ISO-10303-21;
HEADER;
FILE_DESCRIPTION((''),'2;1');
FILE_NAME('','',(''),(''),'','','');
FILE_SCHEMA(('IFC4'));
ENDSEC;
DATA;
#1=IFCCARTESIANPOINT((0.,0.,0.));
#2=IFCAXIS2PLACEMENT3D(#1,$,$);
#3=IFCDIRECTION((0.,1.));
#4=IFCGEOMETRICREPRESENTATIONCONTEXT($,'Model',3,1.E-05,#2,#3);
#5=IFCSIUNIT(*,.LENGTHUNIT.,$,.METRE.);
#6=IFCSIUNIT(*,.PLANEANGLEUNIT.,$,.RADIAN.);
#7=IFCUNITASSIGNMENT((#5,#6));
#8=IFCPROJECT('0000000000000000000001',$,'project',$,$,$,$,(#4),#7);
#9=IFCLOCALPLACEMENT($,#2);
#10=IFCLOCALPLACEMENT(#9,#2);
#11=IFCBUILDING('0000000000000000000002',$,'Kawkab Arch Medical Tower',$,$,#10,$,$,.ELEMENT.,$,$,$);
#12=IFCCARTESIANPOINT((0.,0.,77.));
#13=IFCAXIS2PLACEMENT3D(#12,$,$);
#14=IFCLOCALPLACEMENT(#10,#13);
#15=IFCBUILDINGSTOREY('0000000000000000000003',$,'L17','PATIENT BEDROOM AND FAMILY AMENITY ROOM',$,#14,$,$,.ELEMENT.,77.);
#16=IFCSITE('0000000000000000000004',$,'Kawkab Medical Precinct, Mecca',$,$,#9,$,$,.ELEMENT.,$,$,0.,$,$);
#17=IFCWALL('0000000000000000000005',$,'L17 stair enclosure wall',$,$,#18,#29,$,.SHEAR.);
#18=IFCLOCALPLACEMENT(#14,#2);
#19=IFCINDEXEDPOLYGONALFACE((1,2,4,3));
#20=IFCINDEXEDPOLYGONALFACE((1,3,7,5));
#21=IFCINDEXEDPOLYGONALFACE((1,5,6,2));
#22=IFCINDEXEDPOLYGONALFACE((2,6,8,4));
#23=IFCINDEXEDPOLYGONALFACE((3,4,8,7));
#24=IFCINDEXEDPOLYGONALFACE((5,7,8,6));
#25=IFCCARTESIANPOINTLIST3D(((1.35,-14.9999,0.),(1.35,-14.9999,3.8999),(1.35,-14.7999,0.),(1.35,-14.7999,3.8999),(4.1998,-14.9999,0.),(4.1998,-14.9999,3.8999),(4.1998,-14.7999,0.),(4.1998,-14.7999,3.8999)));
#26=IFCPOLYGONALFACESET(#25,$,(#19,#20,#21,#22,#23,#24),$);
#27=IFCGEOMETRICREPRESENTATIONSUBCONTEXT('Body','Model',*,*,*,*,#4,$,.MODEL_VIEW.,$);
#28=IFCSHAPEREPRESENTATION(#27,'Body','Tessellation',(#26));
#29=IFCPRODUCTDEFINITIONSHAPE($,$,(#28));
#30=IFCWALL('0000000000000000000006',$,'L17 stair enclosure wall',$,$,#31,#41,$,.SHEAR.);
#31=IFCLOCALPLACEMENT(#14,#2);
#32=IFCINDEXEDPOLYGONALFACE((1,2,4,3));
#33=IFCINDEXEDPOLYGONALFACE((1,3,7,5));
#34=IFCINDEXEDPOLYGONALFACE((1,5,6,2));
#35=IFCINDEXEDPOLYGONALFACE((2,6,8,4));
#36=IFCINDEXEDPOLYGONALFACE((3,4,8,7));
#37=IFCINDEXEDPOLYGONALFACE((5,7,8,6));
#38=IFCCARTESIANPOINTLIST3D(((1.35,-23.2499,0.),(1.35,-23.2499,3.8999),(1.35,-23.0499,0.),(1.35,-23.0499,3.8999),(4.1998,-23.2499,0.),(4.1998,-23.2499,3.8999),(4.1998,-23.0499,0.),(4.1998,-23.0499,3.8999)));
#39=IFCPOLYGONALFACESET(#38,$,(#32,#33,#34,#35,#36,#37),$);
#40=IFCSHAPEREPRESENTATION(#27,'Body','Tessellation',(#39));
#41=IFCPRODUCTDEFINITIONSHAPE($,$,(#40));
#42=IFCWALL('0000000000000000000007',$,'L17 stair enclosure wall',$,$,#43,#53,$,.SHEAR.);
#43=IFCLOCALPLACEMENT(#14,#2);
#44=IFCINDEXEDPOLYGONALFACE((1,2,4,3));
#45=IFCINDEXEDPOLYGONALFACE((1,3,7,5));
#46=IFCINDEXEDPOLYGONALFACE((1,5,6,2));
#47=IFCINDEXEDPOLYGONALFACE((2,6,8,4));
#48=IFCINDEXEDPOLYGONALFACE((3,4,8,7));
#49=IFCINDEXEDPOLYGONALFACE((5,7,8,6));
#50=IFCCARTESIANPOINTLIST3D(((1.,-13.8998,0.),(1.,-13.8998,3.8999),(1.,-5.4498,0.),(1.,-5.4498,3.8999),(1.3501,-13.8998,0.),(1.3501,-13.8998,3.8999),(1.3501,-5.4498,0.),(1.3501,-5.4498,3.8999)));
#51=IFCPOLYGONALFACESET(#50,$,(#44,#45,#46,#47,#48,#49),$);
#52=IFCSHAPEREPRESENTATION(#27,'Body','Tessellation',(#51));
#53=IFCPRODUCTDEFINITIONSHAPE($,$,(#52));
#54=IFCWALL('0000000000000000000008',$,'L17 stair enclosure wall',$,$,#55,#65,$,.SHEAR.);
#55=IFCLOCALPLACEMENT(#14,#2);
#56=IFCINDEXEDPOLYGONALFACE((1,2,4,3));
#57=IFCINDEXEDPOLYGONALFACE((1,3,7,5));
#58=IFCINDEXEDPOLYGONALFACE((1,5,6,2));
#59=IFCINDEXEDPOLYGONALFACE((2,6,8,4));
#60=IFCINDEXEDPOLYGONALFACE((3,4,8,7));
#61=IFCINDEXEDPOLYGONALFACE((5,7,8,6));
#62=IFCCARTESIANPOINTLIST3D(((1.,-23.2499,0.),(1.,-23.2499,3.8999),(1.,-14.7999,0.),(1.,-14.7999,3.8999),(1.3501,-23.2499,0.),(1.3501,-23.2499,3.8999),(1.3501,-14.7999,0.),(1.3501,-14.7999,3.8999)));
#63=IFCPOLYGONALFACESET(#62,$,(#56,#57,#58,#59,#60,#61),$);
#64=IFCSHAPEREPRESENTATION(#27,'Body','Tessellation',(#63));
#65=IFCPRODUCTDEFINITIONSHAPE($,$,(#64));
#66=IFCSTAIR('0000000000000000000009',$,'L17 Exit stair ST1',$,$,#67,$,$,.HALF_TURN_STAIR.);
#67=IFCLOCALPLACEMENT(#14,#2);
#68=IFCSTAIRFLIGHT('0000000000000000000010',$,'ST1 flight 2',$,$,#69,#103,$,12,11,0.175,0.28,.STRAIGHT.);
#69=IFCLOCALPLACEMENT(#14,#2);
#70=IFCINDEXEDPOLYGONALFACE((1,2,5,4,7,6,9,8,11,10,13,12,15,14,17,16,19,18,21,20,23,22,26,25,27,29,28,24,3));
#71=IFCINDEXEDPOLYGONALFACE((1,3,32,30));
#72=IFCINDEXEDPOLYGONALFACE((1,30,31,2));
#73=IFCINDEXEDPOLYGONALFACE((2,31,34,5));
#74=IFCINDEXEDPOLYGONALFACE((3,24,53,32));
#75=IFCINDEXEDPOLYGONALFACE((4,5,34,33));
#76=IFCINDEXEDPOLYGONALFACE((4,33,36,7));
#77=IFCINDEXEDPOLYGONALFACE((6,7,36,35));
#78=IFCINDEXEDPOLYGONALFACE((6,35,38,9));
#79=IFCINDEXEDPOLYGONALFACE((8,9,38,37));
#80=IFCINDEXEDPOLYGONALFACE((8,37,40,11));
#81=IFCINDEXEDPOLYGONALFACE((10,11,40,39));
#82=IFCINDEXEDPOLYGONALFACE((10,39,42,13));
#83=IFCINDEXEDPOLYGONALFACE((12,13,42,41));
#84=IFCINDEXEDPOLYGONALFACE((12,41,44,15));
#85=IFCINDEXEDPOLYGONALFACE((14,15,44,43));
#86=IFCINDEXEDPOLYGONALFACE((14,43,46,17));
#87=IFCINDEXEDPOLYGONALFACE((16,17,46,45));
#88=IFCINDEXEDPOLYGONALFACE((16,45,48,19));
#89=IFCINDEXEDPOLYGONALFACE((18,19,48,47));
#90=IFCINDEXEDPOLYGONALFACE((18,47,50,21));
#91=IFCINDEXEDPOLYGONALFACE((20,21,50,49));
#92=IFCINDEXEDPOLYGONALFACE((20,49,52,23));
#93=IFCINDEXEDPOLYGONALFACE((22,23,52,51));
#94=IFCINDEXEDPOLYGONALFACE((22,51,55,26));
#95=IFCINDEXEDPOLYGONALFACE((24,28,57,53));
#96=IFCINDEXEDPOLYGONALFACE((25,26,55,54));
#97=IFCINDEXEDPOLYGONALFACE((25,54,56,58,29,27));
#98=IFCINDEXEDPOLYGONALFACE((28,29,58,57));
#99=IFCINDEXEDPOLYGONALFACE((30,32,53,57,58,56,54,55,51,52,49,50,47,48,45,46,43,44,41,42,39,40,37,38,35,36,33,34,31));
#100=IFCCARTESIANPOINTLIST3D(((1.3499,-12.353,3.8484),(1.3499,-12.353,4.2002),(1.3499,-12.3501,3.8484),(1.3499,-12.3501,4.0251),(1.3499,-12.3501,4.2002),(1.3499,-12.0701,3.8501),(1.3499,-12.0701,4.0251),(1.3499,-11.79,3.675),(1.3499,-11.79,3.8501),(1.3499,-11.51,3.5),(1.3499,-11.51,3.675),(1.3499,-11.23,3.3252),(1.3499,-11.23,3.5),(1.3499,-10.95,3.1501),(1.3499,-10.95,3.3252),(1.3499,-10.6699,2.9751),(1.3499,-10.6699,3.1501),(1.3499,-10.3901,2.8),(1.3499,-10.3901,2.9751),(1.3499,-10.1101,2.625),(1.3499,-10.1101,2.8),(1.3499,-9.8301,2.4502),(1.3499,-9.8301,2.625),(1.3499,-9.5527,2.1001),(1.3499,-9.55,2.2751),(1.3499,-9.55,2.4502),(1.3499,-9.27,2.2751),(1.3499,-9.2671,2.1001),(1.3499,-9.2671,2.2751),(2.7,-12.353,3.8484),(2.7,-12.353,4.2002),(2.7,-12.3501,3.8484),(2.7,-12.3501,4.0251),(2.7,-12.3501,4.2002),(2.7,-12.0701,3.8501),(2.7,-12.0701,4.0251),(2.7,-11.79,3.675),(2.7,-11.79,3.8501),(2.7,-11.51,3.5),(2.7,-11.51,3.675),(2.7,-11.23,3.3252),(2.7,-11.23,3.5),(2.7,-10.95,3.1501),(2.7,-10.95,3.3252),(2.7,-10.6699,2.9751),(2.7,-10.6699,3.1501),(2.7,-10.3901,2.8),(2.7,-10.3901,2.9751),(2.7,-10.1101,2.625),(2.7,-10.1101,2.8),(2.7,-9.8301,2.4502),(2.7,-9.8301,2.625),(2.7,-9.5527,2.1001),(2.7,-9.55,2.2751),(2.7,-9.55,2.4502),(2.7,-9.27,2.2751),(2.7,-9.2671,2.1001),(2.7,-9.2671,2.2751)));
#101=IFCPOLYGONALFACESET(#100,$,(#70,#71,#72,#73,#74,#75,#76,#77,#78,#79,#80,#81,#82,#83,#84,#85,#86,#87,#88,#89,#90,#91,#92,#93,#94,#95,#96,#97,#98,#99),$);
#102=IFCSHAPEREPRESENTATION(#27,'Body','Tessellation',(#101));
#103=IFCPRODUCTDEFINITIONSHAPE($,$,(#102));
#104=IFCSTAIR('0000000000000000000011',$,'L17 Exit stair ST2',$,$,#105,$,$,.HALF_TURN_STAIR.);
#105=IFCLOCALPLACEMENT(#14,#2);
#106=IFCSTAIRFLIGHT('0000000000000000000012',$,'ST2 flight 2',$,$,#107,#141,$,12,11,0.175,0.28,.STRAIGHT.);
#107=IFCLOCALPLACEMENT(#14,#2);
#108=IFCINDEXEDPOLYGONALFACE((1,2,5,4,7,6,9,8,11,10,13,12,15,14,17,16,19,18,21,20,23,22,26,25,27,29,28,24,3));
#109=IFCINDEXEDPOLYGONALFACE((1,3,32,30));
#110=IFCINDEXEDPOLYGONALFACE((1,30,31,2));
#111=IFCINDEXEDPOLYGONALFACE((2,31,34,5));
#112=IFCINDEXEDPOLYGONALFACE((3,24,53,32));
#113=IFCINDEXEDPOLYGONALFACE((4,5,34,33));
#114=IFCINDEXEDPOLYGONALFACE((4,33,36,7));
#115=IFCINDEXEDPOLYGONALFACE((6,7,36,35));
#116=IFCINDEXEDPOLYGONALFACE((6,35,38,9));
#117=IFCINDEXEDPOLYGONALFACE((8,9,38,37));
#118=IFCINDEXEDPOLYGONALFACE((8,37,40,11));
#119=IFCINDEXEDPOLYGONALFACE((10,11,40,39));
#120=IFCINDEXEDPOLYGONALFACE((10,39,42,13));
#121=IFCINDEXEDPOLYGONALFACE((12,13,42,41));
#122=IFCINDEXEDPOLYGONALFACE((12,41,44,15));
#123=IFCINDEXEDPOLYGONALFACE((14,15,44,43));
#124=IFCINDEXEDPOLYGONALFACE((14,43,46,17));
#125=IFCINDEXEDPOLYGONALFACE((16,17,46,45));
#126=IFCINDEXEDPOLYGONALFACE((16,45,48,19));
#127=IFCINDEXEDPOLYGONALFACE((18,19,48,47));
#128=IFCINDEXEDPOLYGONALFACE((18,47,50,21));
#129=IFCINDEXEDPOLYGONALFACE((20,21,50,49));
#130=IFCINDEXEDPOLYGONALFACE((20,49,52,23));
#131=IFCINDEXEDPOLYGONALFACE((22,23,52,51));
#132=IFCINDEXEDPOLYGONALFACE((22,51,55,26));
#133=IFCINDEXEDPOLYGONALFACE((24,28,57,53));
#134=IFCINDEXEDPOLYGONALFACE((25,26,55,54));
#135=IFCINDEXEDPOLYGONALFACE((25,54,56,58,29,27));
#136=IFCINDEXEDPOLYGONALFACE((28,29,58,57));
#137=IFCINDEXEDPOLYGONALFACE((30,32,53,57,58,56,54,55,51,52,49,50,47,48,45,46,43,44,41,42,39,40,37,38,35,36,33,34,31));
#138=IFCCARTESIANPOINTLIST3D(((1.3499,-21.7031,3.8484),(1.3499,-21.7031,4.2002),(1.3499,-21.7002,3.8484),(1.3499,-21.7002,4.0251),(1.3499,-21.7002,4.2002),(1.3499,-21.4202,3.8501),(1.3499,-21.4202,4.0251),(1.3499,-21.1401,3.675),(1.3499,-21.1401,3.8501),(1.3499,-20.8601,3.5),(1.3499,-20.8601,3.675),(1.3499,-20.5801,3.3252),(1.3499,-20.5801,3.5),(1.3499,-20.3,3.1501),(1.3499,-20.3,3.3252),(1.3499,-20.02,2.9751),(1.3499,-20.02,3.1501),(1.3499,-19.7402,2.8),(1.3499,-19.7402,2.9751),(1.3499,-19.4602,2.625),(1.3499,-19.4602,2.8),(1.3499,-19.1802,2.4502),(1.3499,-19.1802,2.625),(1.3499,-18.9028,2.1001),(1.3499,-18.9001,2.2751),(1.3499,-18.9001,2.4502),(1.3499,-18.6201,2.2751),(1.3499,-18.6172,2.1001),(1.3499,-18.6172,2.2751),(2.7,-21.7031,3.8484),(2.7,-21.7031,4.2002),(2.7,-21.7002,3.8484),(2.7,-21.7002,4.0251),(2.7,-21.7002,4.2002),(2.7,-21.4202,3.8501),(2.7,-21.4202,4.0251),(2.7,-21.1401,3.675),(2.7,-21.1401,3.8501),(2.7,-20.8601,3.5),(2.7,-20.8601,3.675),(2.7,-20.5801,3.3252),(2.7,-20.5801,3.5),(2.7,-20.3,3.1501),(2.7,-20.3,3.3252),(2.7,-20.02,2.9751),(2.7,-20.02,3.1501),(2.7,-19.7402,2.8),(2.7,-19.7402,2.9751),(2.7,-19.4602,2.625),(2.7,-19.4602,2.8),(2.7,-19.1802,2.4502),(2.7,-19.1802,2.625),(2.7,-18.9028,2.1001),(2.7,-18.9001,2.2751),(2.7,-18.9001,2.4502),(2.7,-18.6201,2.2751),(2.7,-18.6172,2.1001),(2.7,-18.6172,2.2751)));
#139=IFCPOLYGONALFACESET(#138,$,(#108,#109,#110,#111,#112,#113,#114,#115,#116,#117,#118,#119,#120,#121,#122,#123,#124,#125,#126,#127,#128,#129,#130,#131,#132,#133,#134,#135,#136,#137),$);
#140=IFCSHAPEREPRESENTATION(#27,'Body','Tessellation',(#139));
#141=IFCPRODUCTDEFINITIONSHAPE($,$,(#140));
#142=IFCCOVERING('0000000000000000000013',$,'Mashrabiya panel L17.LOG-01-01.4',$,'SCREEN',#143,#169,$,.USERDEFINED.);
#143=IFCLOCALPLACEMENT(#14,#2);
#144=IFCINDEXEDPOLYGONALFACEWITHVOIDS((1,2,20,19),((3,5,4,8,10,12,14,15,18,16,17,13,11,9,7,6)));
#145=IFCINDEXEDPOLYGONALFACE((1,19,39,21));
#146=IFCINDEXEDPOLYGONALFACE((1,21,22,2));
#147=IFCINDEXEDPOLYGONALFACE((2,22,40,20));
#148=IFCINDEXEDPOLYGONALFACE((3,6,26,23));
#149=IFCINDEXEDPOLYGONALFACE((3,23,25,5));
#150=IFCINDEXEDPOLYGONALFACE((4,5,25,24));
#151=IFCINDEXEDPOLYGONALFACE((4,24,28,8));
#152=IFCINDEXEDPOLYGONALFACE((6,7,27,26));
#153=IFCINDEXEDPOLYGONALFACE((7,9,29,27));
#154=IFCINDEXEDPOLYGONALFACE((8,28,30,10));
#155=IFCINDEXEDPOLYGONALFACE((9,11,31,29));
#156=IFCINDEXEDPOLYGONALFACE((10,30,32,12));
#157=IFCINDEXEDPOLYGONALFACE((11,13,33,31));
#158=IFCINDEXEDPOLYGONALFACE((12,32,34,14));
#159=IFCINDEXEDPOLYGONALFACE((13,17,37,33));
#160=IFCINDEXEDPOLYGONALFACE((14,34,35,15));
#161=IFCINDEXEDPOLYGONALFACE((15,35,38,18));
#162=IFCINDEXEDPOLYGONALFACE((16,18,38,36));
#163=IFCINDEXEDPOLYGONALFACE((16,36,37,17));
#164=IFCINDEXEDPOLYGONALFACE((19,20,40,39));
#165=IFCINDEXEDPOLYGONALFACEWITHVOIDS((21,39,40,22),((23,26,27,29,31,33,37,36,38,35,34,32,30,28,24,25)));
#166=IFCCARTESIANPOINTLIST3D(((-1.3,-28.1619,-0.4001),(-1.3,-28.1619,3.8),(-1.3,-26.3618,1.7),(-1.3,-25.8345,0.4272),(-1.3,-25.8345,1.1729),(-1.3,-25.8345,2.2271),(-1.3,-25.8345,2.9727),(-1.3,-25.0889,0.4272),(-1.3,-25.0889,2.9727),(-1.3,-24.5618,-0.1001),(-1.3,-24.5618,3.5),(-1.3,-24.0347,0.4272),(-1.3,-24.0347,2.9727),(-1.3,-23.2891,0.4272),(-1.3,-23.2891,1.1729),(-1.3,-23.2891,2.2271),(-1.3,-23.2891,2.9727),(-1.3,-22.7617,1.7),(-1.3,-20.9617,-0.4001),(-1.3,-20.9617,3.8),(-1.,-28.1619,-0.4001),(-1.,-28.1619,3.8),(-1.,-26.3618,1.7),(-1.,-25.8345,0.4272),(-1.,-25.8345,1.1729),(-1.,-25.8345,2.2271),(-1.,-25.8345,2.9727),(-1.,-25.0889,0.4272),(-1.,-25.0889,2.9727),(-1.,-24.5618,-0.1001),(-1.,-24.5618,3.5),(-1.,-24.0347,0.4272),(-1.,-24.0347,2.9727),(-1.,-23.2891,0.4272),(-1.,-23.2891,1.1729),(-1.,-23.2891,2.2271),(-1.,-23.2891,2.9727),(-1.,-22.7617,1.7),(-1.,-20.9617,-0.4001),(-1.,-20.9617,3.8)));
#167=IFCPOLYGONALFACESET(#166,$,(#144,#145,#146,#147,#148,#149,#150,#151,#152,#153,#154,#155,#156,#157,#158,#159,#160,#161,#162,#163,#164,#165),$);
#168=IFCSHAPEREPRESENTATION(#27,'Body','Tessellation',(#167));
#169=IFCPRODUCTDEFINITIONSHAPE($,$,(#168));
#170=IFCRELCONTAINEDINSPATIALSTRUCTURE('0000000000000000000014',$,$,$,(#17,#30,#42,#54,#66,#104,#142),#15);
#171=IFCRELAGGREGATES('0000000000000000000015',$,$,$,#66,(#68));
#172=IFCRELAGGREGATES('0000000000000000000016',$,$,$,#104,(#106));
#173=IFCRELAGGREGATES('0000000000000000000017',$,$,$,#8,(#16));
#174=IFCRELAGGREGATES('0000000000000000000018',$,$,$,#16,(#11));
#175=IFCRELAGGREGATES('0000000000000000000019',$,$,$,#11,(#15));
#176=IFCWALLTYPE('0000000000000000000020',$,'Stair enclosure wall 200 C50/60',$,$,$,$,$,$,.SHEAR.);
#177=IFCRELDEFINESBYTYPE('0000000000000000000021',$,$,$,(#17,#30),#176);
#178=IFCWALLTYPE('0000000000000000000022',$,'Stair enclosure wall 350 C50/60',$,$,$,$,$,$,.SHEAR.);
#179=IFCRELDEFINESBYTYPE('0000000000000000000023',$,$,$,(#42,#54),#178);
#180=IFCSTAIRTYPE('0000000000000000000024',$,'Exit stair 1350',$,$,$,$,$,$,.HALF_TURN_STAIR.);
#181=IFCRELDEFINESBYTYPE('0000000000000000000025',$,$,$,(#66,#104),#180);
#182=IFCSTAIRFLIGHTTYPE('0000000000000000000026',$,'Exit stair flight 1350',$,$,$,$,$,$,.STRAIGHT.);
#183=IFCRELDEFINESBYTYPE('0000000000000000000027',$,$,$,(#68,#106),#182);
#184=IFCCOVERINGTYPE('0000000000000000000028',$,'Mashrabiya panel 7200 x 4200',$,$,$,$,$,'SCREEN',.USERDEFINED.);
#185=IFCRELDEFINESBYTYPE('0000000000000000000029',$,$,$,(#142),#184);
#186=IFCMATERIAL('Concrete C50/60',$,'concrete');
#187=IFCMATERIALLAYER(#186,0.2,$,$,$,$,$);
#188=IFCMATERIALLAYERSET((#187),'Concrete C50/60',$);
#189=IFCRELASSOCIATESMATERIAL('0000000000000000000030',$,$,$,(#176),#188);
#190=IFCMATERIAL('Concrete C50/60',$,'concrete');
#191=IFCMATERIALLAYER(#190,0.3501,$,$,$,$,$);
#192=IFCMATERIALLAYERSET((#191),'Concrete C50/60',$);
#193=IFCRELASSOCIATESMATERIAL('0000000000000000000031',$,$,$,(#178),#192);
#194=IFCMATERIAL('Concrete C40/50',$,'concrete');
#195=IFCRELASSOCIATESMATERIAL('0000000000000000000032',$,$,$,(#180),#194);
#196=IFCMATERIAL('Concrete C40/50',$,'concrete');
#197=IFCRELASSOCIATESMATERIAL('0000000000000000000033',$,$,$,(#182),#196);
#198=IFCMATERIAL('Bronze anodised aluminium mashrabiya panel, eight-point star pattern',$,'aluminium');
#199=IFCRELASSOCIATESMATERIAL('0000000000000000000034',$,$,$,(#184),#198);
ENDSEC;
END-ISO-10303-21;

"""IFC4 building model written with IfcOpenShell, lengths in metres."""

from ifc_helpers import new_model, si_unit, direction, frame, frame_2d, origin, place, context, subcontext, project, spatial, polyline, rectangle, outline, extrude, material, layer, layer_set, material_profile, profile_set, type_object, element, aggregate, save


model = new_model("IFC4")

# Units and contexts
model_context = context("Model", 3, precision=1e-05, world=origin(), true_north=direction((0.0, 1.0)))
body_context = subcontext(model_context, "Body", "Model", "MODEL_VIEW")
ifc_project = project(units=[si_unit("LENGTHUNIT", "METRE"), si_unit("PLANEANGLEUNIT", "RADIAN")], contexts=[model_context])

# Site, building, storey
site_placement = place(None, origin())
site = spatial("IfcSite", under=ifc_project, at=site_placement, Name="Kawkab Medical Precinct, Mecca", CompositionType="ELEMENT", RefElevation=0.0)
building_placement = place(site_placement, origin())
building = spatial("IfcBuilding", under=site, at=building_placement, Name="Kawkab Arch Medical Tower", CompositionType="ELEMENT")
storey_placement = place(building_placement, frame((0.0, 0.0, 77.0)))
storey = spatial("IfcBuildingStorey", under=building, at=storey_placement, Name="L17", Description="PATIENT BEDROOM AND FAMILY AMENITY ROOM", CompositionType="ELEMENT", Elevation=77.0)

# Shared definitions
placement = place(storey_placement, origin())

# Walls
ifc_material_1 = material(Name="Concrete C50/60", Category="concrete")
ifc_layer_1 = layer(ifc_material_1, 0.2)
ifc_layer_set_1 = layer_set([ifc_layer_1], Name="Concrete C50/60")
wall_type_1 = type_object("IfcWallType", Name="Stair enclosure wall 200 C50/60", PredefinedType="SHEAR", material=ifc_layer_set_1)
for number, where, z_axis, x_axis, name in (
    (1, (1.3501, -14.8999, 0.0), (0.0, 0.0, 1.0), (1.0, 0.0, 0.0), "L17 stair enclosure wall"),
    (2, (1.3501, -23.1499, 0.0), (0.0, 0.0, 1.0), (1.0, 0.0, 0.0), "L17 stair enclosure wall"),
):
    element("IfcWall", number, at=place(storey_placement, frame(where, z_axis=z_axis, x_axis=x_axis)), inside=storey, type_object=wall_type_1, Name=name, PredefinedType="SHEAR", context=body_context, shape_type="SweptSolid", body=[
        extrude(rectangle(XDim=2.8499, YDim=0.2, at=frame_2d((1.4248, 0.0))), origin(), (0.0, 0.0, 1.0), 3.8999),
    ])
ifc_material_2 = material(Name="Concrete C50/60", Category="concrete")
ifc_layer_2 = layer(ifc_material_2, 0.3501)
ifc_layer_set_2 = layer_set([ifc_layer_2], Name="Concrete C50/60")
wall_type_2 = type_object("IfcWallType", Name="Stair enclosure wall 350 C50/60", PredefinedType="SHEAR", material=ifc_layer_set_2)
for number, where, z_axis, x_axis, name in (
    (3, (1.175, -13.8999, 0.0), (0.0, 0.0, 1.0), (0.0, 1.0, 0.0), "L17 stair enclosure wall"),
    (4, (1.175, -23.25, 0.0), (0.0, 0.0, 1.0), (0.0, 1.0, 0.0), "L17 stair enclosure wall"),
):
    element("IfcWall", number, at=place(storey_placement, frame(where, z_axis=z_axis, x_axis=x_axis)), inside=storey, type_object=wall_type_2, Name=name, PredefinedType="SHEAR", context=body_context, shape_type="SweptSolid", body=[
        extrude(rectangle(XDim=8.45, YDim=0.3501, at=frame_2d((4.2251, 0.0))), origin(), (0.0, 0.0, 1.0), 3.8999),
    ])

# Stairs, stair flights
ifc_material_3 = material(Name="Concrete C40/50", Category="concrete")
stair_type = type_object("IfcStairType", Name="Exit stair 1350", PredefinedType="HALF_TURN_STAIR", material=ifc_material_3)
stair_1 = element("IfcStair", 5, at=placement, inside=storey, type_object=stair_type, Name="L17 Exit stair ST1", PredefinedType="HALF_TURN_STAIR")
ifc_material_4 = material(Name="Concrete C40/50", Category="concrete")
stair_flight_type = type_object("IfcStairFlightType", Name="Exit stair flight 1350", PredefinedType="STRAIGHT", material=ifc_material_4)
stair_flight_1_placement = place(storey_placement, frame((2.0249, -9.27, 2.1001), z_axis=(0.0, 0.0, 1.0), x_axis=(0.0, -1.0, 0.0)))
stair_flight_1 = element("IfcStairFlight", 6, at=stair_flight_1_placement, type_object=stair_flight_type, Name="ST1 flight 2", NumberOfRisers=12, NumberOfTreads=11, PredefinedType="STRAIGHT", RiserHeight=0.175, TreadLength=0.28, context=body_context, shape_type="SweptSolid", body=[
    extrude(outline(polyline([(-0.0029, 0.0), (-0.0029, 0.175), (0.0, 0.175), (0.28, 0.175), (0.28, 0.3501), (0.5601, 0.3501), (0.5601, 0.5249), (0.8401, 0.5249), (0.8401, 0.7), (1.1201, 0.7), (1.1201, 0.875), (1.3999, 0.875), (1.3999, 1.05), (1.6799, 1.05), (1.6799, 1.2251), (1.96, 1.2251), (1.96, 1.3999), (2.24, 1.3999), (2.24, 1.575), (2.52, 1.575), (2.52, 1.75), (2.8, 1.75), (2.8, 1.925), (3.0801, 1.925), (3.0801, 2.1001), (3.083, 2.1001), (3.083, 1.7483), (3.0801, 1.7483), (0.2827, 0.0), (-0.0029, 0.0)])), frame((0.0, 0.675, 0.0), z_axis=(0.0, -1.0, 0.0), x_axis=(1.0, 0.0, 0.0)), (0.0, 0.0, 1.0), 1.3501),
])
aggregate(stair_1, [stair_flight_1])
stair_2 = element("IfcStair", 7, at=placement, inside=storey, type_object=stair_type, Name="L17 Exit stair ST2", PredefinedType="HALF_TURN_STAIR")
stair_flight_2_placement = place(storey_placement, frame((2.0249, -18.6201, 2.1001), z_axis=(0.0, 0.0, 1.0), x_axis=(0.0, -1.0, 0.0)))
stair_flight_2 = element("IfcStairFlight", 8, at=stair_flight_2_placement, type_object=stair_flight_type, Name="ST2 flight 2", NumberOfRisers=12, NumberOfTreads=11, PredefinedType="STRAIGHT", RiserHeight=0.175, TreadLength=0.28, context=body_context, shape_type="SweptSolid", body=[
    extrude(outline(polyline([(-0.0029, 0.0), (-0.0029, 0.175), (0.0, 0.175), (0.28, 0.175), (0.28, 0.3501), (0.5601, 0.3501), (0.5601, 0.5249), (0.8401, 0.5249), (0.8401, 0.7), (1.1201, 0.7), (1.1201, 0.875), (1.3999, 0.875), (1.3999, 1.05), (1.6799, 1.05), (1.6799, 1.2251), (1.96, 1.2251), (1.96, 1.3999), (2.24, 1.3999), (2.24, 1.575), (2.52, 1.575), (2.52, 1.75), (2.8, 1.75), (2.8, 1.925), (3.0801, 1.925), (3.0801, 2.1001), (3.083, 2.1001), (3.083, 1.7483), (3.0801, 1.7483), (0.2827, 0.0), (-0.0029, 0.0)])), frame((0.0, 0.675, 0.0), z_axis=(0.0, -1.0, 0.0), x_axis=(1.0, 0.0, 0.0)), (0.0, 0.0, 1.0), 1.3501),
])
aggregate(stair_2, [stair_flight_2])

# Covering
ifc_material_5 = material(Name="Bronze anodised aluminium mashrabiya panel, eight-point star pattern", Category="aluminium")
ifc_material_profile_1 = material_profile(ifc_material_5, outline(polyline([(-3.6001, -2.1001), (3.6001, -2.1001), (3.6001, 2.1001), (-3.6001, 2.1001), (-3.6001, -2.1001)]), holes=[polyline([(1.8, 0.0), (1.2727, 0.5271), (1.2727, 1.2727), (0.5271, 1.2727), (0.0, 1.8), (-0.5271, 1.2727), (-1.2727, 1.2727), (-1.2727, 0.5271), (-1.8, 0.0), (-1.2727, -0.5271), (-1.2727, -1.2727), (-0.5271, -1.2727), (0.0, -1.8), (0.5271, -1.2727), (1.2727, -1.2727), (1.2727, -0.5271), (1.8, 0.0)])]), Name="Mashrabiya panel 7200x4200")
ifc_profile_set_1 = profile_set([ifc_material_profile_1], Name="Bronze anodised aluminium mashrabiya panel, eight-point star pattern")
covering_type_1 = type_object("IfcCoveringType", Name="Mashrabiya panel 7200 x 4200", ElementType="SCREEN", PredefinedType="USERDEFINED", material=ifc_profile_set_1)
for number, where, z_axis, x_axis, name in (
    (9, (-1.0, -24.5618, 1.7), (-1.0, 0.0, 0.0), (0.0, -1.0, 0.0), "Mashrabiya panel L17.LOG-01-01.4"),
):
    element("IfcCovering", number, at=place(storey_placement, frame(where, z_axis=z_axis, x_axis=x_axis)), inside=storey, type_object=covering_type_1, Name=name, ObjectType="SCREEN", PredefinedType="USERDEFINED", context=body_context, shape_type="SweptSolid", body=[
        extrude(outline(polyline([(-3.6001, -2.1001), (3.6001, -2.1001), (3.6001, 2.1001), (-3.6001, 2.1001), (-3.6001, -2.1001)]), holes=[polyline([(1.8, 0.0), (1.2727, 0.5271), (1.2727, 1.2727), (0.5271, 1.2727), (0.0, 1.8), (-0.5271, 1.2727), (-1.2727, 1.2727), (-1.2727, 0.5271), (-1.8, 0.0), (-1.2727, -0.5271), (-1.2727, -1.2727), (-0.5271, -1.2727), (0.0, -1.8), (0.5271, -1.2727), (1.2727, -1.2727), (1.2727, -0.5271), (1.8, 0.0)])]), origin(), (0.0, 0.0, 1.0), 0.3),
    ])

save(model, "model.ifc")
